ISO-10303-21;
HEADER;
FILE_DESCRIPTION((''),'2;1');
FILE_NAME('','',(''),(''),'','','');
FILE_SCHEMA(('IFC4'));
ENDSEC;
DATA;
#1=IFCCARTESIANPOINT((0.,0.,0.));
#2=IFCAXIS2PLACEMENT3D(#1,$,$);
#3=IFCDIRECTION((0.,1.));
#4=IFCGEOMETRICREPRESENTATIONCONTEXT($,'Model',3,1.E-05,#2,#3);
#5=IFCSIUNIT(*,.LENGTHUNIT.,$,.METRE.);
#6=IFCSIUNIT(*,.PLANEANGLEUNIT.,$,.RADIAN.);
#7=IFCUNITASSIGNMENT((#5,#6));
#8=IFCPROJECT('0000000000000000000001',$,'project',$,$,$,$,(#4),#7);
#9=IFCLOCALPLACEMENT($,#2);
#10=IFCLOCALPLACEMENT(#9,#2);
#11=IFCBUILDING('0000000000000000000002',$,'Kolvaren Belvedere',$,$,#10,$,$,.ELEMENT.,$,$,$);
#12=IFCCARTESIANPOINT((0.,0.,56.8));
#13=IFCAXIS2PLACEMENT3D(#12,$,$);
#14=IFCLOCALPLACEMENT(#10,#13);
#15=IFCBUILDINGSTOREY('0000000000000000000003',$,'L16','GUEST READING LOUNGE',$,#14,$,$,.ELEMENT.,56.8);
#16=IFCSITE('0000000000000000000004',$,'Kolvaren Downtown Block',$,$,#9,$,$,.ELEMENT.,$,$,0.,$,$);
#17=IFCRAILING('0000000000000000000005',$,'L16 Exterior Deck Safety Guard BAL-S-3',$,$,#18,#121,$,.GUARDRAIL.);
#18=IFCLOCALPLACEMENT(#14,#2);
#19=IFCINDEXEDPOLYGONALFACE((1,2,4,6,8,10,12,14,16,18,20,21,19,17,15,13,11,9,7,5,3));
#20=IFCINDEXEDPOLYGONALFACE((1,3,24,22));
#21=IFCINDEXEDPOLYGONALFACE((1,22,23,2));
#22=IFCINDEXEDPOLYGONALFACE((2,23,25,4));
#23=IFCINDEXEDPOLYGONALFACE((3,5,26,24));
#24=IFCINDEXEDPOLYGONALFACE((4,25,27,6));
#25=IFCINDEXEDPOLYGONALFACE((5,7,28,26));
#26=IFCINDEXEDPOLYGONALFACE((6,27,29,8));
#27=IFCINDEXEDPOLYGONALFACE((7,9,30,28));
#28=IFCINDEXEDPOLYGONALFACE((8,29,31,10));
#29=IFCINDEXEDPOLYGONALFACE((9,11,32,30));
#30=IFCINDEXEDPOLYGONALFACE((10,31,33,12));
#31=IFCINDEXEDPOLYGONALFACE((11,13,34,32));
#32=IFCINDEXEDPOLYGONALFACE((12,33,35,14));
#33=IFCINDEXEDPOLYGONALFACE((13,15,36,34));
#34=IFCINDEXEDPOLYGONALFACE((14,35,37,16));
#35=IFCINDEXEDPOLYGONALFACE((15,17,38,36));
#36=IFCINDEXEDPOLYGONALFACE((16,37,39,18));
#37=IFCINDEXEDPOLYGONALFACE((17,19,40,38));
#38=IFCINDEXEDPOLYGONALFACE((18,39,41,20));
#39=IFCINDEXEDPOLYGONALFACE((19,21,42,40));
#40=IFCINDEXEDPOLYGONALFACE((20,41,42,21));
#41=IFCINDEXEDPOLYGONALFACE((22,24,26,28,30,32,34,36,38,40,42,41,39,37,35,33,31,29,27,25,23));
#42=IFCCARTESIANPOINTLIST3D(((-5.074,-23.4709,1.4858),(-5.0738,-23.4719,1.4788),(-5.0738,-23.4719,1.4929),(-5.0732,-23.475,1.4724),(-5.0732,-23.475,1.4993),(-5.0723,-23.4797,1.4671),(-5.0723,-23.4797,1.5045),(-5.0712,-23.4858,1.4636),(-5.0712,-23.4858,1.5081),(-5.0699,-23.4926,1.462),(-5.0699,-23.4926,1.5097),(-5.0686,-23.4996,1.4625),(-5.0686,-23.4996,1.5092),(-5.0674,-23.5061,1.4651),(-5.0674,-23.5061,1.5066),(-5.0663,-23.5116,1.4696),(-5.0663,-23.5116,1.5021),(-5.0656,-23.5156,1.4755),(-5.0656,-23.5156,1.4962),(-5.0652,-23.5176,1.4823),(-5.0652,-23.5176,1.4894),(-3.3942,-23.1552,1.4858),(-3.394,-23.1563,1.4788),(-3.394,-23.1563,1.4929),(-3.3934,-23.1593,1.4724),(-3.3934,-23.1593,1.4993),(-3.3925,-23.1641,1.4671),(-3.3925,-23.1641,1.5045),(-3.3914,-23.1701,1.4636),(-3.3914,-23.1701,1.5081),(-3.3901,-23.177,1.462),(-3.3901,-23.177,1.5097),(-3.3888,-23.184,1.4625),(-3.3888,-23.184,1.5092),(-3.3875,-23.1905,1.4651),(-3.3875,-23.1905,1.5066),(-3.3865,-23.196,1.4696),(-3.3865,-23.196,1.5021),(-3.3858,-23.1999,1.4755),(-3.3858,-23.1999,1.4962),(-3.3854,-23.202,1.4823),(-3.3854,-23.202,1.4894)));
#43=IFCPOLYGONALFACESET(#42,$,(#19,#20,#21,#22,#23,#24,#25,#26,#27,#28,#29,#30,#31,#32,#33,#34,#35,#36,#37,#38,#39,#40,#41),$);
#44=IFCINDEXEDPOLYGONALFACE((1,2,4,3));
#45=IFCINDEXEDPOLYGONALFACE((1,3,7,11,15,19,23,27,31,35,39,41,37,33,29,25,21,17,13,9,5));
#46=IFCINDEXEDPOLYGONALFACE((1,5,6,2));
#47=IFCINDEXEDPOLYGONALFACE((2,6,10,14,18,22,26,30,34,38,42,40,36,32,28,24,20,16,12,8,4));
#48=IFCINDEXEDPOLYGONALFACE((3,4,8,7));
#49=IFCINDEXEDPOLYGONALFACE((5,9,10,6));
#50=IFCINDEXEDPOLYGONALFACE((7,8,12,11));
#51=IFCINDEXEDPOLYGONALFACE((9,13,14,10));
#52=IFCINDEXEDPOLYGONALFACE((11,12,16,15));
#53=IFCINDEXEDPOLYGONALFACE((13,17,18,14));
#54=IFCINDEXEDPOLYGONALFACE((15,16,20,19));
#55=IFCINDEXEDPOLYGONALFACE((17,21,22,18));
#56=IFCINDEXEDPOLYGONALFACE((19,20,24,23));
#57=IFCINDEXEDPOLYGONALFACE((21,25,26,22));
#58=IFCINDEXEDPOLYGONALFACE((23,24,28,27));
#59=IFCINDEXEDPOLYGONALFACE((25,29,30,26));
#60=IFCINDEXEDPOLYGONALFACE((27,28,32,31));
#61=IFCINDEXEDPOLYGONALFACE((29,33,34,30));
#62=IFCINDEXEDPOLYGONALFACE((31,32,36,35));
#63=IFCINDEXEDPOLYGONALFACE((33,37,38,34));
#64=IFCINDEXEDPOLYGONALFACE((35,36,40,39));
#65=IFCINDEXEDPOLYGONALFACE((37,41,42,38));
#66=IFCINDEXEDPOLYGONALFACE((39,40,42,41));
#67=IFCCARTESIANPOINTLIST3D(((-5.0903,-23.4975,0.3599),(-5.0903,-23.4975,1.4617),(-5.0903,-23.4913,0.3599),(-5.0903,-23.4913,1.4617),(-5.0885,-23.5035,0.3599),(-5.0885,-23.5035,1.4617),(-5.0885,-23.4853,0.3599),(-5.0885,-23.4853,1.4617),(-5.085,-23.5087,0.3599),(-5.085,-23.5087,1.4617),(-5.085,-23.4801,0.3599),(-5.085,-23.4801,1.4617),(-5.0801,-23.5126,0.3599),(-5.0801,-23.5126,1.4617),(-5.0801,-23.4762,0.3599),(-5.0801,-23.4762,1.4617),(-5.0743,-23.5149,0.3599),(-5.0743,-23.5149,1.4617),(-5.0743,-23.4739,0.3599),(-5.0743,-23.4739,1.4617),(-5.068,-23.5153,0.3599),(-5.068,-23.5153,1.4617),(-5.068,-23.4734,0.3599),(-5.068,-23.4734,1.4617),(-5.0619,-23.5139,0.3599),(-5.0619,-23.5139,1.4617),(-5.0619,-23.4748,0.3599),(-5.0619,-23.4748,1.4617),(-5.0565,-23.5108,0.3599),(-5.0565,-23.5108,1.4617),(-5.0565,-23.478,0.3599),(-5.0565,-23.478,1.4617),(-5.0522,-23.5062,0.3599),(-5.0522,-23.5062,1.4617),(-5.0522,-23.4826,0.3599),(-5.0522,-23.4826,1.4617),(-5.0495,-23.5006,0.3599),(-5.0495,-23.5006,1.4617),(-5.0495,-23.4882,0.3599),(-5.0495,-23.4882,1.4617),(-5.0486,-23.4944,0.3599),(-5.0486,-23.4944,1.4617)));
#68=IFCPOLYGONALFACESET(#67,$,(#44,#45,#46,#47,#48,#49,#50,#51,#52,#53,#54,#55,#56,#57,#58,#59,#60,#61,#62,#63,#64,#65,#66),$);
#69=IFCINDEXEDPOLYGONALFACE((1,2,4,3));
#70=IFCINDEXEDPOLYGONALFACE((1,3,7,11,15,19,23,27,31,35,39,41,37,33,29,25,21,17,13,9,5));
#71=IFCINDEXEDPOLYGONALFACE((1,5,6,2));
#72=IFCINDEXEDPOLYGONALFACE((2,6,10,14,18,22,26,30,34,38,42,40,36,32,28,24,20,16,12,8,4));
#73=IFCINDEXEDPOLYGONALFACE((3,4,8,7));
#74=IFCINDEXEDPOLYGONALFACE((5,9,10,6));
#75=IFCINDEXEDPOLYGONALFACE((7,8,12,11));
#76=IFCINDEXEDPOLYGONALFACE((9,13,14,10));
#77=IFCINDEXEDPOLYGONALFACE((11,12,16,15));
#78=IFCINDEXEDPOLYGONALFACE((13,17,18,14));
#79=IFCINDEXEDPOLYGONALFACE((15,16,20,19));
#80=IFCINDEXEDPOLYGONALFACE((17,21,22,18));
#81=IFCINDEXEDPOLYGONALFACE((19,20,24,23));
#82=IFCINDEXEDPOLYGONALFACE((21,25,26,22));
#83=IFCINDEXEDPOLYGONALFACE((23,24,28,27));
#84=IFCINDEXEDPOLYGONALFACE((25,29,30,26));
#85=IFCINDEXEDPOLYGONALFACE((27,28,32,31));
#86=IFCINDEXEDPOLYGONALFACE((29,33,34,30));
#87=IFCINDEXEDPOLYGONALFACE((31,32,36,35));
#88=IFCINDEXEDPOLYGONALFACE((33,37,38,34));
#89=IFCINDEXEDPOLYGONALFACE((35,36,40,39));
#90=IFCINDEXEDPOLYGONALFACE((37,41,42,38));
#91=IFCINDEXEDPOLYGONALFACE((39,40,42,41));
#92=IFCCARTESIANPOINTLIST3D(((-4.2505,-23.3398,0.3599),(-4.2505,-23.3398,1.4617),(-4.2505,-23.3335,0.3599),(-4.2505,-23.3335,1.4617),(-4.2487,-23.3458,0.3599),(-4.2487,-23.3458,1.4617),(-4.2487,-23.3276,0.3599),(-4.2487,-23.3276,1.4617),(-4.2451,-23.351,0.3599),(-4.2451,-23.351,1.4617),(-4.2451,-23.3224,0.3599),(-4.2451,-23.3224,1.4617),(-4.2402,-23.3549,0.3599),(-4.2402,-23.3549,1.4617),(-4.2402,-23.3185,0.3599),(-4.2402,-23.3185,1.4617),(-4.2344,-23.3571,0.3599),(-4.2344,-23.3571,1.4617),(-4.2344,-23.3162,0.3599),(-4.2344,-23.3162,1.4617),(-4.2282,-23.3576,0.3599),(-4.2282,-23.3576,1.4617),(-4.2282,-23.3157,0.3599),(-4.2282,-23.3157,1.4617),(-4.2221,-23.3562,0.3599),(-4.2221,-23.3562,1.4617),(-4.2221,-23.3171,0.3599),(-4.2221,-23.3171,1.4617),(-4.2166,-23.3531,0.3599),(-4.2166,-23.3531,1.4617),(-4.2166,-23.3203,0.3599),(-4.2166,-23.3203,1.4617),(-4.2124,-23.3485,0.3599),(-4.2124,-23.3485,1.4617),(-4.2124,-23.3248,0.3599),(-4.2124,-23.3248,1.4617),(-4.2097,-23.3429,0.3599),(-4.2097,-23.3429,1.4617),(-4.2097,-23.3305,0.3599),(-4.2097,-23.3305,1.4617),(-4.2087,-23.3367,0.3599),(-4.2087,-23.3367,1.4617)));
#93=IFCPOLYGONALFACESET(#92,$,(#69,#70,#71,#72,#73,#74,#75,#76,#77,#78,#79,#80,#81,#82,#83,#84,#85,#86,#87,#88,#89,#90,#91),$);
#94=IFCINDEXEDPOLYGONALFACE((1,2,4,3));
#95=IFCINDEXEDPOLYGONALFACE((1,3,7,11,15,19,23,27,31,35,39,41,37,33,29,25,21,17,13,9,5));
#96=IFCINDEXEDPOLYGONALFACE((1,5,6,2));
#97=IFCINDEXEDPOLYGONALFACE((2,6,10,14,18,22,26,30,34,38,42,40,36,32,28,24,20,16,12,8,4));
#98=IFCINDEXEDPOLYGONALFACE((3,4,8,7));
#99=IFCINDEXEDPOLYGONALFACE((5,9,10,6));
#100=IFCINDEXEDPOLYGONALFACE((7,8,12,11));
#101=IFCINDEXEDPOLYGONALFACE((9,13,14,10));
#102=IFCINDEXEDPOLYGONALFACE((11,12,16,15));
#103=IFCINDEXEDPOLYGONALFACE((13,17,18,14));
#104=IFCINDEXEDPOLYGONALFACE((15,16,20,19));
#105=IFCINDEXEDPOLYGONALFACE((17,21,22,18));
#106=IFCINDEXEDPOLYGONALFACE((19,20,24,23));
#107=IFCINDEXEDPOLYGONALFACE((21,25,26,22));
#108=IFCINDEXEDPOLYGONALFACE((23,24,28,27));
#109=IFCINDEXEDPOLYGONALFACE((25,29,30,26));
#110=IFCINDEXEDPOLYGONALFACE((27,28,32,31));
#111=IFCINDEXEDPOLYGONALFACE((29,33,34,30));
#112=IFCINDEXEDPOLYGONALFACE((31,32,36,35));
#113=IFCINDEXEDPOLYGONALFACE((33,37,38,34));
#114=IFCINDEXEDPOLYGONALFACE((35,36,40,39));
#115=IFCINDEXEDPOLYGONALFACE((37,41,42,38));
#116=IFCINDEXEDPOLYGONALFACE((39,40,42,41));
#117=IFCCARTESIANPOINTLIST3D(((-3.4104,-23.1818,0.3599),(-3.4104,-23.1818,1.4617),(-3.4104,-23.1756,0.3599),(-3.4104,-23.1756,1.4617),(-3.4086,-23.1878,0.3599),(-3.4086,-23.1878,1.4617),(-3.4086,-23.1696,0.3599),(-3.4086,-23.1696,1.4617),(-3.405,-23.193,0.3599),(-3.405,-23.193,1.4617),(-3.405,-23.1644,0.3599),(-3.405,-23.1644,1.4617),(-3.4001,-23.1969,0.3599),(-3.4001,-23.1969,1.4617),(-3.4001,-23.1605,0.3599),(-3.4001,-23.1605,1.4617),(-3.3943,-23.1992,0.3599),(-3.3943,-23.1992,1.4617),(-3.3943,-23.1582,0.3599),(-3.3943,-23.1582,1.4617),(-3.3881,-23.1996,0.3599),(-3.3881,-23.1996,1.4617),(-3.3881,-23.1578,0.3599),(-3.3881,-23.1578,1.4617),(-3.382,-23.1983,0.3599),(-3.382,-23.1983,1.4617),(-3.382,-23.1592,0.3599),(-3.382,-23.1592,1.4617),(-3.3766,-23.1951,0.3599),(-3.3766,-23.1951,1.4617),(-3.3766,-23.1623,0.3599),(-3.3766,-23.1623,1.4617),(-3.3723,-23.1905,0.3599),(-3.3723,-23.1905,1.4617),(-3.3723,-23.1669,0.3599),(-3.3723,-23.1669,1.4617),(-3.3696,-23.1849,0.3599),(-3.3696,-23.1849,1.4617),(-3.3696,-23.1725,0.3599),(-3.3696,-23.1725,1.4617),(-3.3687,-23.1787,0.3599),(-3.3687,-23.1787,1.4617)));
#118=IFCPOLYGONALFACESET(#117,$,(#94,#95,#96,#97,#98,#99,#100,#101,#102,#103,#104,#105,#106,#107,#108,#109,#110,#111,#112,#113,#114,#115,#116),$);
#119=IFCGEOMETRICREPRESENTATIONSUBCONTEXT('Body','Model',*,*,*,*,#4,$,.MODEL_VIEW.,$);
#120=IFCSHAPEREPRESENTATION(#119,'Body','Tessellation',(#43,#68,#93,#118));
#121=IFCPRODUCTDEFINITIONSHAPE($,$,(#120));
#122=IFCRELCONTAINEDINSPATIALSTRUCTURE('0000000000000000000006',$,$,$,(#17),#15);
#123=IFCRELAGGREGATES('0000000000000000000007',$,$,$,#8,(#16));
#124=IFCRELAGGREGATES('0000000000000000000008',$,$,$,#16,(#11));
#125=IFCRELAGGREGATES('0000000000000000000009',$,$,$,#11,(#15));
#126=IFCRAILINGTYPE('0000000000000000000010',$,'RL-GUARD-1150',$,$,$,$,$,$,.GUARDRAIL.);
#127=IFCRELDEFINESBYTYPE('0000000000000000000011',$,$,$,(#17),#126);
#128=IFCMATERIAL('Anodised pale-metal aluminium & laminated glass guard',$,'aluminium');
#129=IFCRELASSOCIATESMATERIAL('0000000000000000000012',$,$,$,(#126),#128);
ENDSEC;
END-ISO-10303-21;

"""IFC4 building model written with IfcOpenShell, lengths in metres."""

from ifc_helpers import new_model, si_unit, direction, frame, origin, origin_2d, place, context, subcontext, project, spatial, circle, extrude, material, type_object, element, save


model = new_model("IFC4")

# Units and contexts
model_context = context("Model", 3, precision=1e-05, world=origin(), true_north=direction((0.0, 1.0)))
body_context = subcontext(model_context, "Body", "Model", "MODEL_VIEW")
ifc_project = project(units=[si_unit("LENGTHUNIT", "METRE"), si_unit("PLANEANGLEUNIT", "RADIAN")], contexts=[model_context])

# Site, building, storey
site_placement = place(None, origin())
site = spatial("IfcSite", under=ifc_project, at=site_placement, Name="Kolvaren Downtown Block", CompositionType="ELEMENT", RefElevation=0.0)
building_placement = place(site_placement, origin())
building = spatial("IfcBuilding", under=site, at=building_placement, Name="Kolvaren Belvedere", CompositionType="ELEMENT")
storey_placement = place(building_placement, frame((0.0, 0.0, 56.8)))
storey = spatial("IfcBuildingStorey", under=building, at=storey_placement, Name="L16", Description="GUEST READING LOUNGE", CompositionType="ELEMENT", Elevation=56.8)

# Railing
ifc_material_1 = material(Name="Anodised pale-metal aluminium & laminated glass guard", Category="aluminium")
railing_type = type_object("IfcRailingType", Name="RL-GUARD-1150", PredefinedType="GUARDRAIL", material=ifc_material_1)
railing_1_placement = place(storey_placement, frame((-5.0696, -23.4944, 0.3599)))
element("IfcRailing", 1, at=railing_1_placement, inside=storey, type_object=railing_type, Name="L16 Exterior Deck Safety Guard BAL-S-3", PredefinedType="GUARDRAIL", context=body_context, shape_type="SweptSolid", body=[
    extrude(circle(Radius=0.0239, at=origin_2d()), frame((0.0, 0.0, 1.126), z_axis=(0.982799, 0.184677, 0.0), x_axis=(-0.184677, 0.982799, 0.0)), (0.0, 0.0, 1.0), 1.7092),
    extrude(circle(Radius=0.021, at=origin_2d()), origin(), (0.0, 0.0, 1.0), 1.1018),
    extrude(circle(Radius=0.021, at=origin_2d()), frame((0.8398, 0.1577, 0.0)), (0.0, 0.0, 1.0), 1.1018),
    extrude(circle(Radius=0.021, at=origin_2d()), frame((1.6799, 0.3157, 0.0)), (0.0, 0.0, 1.0), 1.1018),
])

save(model, "model.ifc")
